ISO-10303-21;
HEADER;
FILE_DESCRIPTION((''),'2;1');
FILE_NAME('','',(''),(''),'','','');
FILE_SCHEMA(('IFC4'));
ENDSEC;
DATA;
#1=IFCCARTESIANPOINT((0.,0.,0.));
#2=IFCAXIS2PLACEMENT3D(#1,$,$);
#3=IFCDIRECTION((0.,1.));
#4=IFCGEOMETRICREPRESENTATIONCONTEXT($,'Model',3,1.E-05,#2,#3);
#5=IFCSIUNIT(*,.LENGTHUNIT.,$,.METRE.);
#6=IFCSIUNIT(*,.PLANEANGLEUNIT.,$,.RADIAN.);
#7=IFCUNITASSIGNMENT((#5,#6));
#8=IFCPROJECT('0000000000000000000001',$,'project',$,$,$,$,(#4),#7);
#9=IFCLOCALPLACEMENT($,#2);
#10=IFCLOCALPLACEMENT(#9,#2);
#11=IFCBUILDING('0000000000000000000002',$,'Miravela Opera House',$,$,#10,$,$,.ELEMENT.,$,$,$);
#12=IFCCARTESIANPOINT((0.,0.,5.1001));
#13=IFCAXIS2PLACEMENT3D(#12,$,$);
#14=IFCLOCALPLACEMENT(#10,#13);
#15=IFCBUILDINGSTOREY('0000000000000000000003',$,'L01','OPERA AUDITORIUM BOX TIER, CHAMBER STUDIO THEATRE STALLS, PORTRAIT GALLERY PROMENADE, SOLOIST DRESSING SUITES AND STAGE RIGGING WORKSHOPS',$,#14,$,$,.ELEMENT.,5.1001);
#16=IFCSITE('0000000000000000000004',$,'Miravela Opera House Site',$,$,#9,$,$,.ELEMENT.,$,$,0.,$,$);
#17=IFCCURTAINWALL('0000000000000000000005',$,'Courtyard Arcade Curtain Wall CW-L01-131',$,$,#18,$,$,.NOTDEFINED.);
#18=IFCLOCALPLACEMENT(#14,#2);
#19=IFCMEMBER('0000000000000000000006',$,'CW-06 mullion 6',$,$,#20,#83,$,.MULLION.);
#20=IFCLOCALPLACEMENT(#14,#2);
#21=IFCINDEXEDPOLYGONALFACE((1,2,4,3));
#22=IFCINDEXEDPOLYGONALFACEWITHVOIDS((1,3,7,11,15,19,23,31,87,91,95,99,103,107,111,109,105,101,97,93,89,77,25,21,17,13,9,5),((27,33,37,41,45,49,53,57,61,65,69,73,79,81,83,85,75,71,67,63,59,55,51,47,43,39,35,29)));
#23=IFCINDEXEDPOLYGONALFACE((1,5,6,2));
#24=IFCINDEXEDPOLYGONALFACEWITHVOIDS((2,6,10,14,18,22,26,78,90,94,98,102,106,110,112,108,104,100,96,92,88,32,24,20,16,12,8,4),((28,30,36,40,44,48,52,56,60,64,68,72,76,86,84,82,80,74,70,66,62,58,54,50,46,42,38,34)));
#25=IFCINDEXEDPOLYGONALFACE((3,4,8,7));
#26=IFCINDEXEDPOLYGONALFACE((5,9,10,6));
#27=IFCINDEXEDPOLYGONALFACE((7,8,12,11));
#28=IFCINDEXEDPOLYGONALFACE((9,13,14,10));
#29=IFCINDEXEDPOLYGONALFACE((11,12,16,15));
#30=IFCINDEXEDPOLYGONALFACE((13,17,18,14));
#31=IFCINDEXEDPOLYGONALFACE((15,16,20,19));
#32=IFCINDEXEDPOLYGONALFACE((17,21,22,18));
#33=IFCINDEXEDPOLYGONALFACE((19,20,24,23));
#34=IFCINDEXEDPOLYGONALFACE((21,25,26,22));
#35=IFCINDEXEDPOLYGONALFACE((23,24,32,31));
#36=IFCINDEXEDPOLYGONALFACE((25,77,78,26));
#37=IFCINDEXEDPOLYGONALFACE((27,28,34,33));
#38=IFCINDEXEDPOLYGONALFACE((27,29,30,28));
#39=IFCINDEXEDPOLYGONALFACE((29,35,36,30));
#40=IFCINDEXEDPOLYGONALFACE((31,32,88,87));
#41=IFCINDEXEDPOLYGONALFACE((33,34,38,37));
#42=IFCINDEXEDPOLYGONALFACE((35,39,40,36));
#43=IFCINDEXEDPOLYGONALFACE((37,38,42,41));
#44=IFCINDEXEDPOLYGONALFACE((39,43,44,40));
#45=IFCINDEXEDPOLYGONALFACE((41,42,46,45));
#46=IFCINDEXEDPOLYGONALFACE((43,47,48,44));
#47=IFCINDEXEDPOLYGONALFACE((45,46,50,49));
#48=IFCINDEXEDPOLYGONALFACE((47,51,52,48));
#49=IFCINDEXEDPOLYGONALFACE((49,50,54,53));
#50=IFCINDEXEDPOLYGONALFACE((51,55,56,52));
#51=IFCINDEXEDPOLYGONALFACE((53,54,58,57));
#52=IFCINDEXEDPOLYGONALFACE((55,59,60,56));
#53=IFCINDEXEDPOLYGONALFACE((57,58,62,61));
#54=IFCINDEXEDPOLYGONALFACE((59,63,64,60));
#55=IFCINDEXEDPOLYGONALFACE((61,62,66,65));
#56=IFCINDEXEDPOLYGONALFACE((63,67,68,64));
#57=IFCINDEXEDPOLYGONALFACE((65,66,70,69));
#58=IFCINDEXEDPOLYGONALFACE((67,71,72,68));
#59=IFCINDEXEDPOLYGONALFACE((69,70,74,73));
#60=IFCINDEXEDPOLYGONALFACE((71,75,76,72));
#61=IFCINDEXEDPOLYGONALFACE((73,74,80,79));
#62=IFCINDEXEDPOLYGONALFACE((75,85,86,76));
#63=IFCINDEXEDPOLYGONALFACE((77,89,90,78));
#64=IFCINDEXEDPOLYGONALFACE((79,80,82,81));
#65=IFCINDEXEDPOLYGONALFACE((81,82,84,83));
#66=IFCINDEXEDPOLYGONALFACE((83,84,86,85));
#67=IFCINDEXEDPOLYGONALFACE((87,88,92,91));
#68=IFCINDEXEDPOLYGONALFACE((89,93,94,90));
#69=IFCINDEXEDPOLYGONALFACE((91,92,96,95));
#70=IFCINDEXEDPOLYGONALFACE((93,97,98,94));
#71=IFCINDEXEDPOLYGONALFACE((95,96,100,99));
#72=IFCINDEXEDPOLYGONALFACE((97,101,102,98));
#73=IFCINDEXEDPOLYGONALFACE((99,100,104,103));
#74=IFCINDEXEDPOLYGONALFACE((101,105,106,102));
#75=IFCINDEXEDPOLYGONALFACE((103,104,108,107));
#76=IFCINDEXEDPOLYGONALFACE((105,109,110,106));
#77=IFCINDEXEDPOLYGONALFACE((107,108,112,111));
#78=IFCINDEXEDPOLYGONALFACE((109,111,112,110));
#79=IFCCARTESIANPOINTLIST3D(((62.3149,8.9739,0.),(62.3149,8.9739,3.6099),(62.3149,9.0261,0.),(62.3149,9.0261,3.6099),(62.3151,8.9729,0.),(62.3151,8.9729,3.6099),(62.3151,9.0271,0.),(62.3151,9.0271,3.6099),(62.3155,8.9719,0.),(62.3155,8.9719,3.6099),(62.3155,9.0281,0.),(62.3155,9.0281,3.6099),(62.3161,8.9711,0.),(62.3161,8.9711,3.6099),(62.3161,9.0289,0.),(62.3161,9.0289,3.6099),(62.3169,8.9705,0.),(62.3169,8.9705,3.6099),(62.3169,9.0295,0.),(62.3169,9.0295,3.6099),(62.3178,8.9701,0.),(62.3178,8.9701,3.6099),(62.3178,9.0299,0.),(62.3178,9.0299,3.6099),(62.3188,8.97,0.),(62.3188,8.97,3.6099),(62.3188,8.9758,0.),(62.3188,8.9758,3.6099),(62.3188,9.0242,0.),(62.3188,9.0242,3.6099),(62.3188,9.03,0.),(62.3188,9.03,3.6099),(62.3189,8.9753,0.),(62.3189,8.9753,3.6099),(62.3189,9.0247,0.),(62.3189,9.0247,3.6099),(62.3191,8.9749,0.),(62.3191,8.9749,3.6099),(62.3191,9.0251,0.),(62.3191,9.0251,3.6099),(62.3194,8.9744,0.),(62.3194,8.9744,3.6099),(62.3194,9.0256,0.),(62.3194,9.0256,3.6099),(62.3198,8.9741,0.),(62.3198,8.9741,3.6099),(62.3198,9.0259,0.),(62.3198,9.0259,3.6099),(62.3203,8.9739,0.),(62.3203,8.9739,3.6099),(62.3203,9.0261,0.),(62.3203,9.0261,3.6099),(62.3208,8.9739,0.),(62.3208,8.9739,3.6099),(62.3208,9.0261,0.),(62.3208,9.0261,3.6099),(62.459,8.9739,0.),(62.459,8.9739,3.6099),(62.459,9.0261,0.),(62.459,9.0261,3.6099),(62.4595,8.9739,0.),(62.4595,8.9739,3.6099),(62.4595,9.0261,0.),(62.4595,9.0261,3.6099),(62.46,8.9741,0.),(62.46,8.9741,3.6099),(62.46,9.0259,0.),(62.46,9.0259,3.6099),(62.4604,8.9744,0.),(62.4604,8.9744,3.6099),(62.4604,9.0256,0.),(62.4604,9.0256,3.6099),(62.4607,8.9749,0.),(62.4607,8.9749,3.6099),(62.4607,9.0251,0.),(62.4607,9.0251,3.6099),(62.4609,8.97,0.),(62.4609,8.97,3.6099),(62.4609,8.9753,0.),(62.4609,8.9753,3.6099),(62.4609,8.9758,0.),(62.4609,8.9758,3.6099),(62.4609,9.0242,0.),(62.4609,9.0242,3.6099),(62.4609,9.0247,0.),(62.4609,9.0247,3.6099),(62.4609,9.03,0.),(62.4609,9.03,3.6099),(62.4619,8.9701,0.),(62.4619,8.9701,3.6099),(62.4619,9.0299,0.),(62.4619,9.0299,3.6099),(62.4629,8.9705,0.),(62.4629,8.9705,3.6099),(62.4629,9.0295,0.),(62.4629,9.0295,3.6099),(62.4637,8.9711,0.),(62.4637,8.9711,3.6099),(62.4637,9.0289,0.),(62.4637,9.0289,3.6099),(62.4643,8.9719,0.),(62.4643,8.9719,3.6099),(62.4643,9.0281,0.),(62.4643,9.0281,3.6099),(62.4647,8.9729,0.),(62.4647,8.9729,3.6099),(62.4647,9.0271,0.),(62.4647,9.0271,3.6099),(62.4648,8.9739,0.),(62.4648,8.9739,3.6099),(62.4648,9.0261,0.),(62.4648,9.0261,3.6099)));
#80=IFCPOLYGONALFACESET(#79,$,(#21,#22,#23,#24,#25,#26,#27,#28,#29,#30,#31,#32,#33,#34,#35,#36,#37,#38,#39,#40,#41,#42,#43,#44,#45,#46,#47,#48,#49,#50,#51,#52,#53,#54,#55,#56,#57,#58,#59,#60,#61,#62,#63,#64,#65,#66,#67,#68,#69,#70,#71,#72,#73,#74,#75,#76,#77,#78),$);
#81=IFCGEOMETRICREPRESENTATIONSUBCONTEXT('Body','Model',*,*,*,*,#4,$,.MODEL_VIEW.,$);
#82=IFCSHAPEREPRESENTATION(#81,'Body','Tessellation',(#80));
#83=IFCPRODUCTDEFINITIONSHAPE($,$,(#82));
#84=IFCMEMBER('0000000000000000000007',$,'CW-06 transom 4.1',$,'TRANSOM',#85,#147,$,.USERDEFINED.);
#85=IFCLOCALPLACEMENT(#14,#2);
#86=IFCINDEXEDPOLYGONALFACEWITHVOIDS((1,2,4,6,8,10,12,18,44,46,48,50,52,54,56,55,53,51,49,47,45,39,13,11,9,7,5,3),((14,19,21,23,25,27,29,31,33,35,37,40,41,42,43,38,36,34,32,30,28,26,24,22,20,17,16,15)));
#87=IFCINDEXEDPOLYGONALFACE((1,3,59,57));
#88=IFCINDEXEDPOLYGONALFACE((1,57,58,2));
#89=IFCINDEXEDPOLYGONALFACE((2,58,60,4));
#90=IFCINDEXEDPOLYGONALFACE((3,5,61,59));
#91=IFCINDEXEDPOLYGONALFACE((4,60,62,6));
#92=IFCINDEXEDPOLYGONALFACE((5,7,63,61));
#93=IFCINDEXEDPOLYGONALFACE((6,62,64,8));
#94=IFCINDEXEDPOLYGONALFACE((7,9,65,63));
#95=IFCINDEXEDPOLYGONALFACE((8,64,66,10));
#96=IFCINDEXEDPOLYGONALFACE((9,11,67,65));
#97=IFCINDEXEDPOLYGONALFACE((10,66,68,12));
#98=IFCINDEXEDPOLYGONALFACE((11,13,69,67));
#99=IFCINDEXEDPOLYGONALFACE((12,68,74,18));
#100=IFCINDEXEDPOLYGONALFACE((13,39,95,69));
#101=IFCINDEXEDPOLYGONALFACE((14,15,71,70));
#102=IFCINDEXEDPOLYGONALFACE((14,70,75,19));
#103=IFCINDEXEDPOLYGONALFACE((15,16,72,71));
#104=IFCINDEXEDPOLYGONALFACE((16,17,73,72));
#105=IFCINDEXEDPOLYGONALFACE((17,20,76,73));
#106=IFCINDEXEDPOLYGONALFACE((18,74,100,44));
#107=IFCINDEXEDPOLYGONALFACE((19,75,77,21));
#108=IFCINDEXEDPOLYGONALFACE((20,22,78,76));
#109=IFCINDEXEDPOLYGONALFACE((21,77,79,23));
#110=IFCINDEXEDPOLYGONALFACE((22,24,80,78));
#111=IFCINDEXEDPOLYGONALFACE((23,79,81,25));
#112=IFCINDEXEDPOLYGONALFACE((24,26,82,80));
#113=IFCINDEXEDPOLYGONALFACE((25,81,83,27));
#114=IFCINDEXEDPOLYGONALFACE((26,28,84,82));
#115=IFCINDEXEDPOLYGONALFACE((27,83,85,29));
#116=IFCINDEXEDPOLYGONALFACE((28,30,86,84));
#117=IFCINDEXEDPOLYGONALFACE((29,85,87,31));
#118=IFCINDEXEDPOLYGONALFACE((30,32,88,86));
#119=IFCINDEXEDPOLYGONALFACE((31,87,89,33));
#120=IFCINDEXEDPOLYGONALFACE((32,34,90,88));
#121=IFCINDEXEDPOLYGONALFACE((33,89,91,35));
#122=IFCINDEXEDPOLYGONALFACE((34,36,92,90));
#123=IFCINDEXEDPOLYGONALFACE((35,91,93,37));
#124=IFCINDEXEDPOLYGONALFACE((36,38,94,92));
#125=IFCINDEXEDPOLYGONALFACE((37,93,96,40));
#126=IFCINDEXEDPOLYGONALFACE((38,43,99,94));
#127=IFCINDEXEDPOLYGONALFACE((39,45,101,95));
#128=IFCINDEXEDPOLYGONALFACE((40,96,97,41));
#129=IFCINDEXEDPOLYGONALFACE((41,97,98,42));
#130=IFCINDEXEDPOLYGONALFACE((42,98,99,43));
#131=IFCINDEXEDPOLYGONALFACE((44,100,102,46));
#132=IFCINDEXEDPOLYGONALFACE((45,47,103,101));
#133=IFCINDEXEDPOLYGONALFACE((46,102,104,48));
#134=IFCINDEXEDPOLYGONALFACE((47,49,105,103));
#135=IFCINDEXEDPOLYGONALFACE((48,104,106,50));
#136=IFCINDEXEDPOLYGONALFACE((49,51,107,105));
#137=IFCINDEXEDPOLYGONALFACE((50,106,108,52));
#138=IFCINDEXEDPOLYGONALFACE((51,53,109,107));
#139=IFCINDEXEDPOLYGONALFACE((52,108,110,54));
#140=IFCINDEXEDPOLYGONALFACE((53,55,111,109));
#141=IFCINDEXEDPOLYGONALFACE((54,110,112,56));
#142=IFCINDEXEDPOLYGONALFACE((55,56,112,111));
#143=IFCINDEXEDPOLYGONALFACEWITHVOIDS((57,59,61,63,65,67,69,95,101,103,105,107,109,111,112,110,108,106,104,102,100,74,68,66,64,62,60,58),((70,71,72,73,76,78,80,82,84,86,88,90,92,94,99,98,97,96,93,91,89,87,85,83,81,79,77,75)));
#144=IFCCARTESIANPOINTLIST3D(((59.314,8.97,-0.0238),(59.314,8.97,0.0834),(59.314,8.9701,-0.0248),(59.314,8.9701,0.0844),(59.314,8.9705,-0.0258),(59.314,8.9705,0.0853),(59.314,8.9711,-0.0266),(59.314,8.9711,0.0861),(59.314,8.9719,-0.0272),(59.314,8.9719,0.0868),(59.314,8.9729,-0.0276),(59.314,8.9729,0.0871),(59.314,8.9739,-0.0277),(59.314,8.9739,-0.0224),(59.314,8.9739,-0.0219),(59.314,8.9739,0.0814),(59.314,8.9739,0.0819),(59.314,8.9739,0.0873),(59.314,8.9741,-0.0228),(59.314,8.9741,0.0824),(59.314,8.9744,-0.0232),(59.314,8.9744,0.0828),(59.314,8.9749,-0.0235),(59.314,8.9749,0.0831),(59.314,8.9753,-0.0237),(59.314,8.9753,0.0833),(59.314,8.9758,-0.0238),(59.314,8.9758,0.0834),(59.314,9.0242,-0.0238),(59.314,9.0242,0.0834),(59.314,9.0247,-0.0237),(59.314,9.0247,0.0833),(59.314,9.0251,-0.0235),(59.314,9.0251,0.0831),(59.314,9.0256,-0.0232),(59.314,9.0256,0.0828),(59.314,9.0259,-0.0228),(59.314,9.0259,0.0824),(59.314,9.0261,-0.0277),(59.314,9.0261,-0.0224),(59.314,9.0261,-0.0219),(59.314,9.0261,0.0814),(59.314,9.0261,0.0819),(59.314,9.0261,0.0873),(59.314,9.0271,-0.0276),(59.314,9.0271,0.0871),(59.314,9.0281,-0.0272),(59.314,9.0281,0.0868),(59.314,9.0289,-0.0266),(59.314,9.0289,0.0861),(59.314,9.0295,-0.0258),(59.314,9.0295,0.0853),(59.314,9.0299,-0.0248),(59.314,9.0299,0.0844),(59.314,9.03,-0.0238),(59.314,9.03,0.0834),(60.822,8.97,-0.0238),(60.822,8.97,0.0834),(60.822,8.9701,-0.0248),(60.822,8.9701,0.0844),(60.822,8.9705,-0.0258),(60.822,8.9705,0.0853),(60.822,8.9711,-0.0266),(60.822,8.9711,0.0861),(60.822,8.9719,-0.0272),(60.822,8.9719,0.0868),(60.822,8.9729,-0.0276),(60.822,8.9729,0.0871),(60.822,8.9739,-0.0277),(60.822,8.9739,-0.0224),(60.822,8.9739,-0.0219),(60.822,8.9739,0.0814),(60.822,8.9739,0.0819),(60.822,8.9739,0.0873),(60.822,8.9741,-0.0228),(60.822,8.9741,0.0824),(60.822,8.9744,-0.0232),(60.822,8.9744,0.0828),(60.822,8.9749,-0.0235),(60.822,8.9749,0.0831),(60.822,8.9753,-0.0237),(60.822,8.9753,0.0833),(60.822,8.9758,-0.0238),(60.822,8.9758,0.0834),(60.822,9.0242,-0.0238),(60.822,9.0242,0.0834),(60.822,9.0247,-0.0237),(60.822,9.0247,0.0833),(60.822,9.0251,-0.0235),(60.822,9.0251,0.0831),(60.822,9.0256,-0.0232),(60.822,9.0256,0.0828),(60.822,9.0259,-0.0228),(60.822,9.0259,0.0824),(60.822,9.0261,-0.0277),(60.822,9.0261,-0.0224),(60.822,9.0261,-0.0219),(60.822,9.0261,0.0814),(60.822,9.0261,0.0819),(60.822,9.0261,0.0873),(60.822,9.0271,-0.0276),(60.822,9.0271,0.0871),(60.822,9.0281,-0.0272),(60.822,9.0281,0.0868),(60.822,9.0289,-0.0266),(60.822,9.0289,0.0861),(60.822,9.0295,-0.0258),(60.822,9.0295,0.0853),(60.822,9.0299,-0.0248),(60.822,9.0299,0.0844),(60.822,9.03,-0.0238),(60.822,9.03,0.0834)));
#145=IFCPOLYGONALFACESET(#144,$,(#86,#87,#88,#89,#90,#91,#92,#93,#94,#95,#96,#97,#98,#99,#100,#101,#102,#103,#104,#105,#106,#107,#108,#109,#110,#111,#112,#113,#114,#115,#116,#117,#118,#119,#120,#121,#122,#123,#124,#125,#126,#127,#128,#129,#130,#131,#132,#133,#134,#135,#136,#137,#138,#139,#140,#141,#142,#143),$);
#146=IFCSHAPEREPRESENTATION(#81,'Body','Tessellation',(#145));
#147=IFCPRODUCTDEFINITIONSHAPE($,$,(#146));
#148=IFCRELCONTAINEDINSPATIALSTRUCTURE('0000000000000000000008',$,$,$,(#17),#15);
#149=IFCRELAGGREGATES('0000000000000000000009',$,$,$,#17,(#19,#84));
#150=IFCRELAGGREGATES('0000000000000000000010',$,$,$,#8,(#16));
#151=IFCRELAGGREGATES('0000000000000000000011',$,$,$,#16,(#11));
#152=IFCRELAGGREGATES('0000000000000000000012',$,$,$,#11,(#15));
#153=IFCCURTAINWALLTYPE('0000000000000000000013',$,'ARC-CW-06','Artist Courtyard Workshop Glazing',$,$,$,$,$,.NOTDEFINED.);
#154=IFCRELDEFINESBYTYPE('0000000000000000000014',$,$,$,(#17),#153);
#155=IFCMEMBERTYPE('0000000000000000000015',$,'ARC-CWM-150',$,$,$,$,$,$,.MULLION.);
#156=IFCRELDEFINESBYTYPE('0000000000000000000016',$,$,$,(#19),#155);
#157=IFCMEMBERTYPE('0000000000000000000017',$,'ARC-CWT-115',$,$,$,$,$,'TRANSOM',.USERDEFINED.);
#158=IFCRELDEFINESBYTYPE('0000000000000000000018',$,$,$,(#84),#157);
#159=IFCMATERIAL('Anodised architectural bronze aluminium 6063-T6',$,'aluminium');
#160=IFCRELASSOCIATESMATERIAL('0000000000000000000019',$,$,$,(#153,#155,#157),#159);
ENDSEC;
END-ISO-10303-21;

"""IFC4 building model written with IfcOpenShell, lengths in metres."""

from ifc_helpers import new_model, si_unit, direction, frame, origin, origin_2d, place, context, subcontext, project, spatial, hollow_rectangle, extrude, material, material_profile, profile_set, type_object, element, aggregate, save


model = new_model("IFC4")

# Units and contexts
model_context = context("Model", 3, precision=1e-05, world=origin(), true_north=direction((0.0, 1.0)))
body_context = subcontext(model_context, "Body", "Model", "MODEL_VIEW")
ifc_project = project(units=[si_unit("LENGTHUNIT", "METRE"), si_unit("PLANEANGLEUNIT", "RADIAN")], contexts=[model_context])

# Site, building, storey
site_placement = place(None, origin())
site = spatial("IfcSite", under=ifc_project, at=site_placement, Name="Miravela Opera House Site", CompositionType="ELEMENT", RefElevation=0.0)
building_placement = place(site_placement, origin())
building = spatial("IfcBuilding", under=site, at=building_placement, Name="Miravela Opera House", CompositionType="ELEMENT")
storey_placement = place(building_placement, frame((0.0, 0.0, 5.1001)))
storey = spatial("IfcBuildingStorey", under=building, at=storey_placement, Name="L01", Description="OPERA AUDITORIUM BOX TIER, CHAMBER STUDIO THEATRE STALLS, PORTRAIT GALLERY PROMENADE, SOLOIST DRESSING SUITES AND STAGE RIGGING WORKSHOPS", CompositionType="ELEMENT", Elevation=5.1001)

# Curtain wall, members
ifc_material_1 = material(Name="Anodised architectural bronze aluminium 6063-T6", Category="aluminium")
curtain_wall_type = type_object("IfcCurtainWallType", Name="ARC-CW-06", Description="Artist Courtyard Workshop Glazing", PredefinedType="NOTDEFINED", material=ifc_material_1)
curtain_wall_placement = place(storey_placement, origin())
curtain_wall = element("IfcCurtainWall", 1, at=curtain_wall_placement, inside=storey, type_object=curtain_wall_type, Name="Courtyard Arcade Curtain Wall CW-L01-131", PredefinedType="NOTDEFINED")
ifc_material_profile_1 = material_profile(ifc_material_1, hollow_rectangle(XDim=0.0601, YDim=0.1499, WallThickness=0.0039, InnerFilletRadius=0.002, OuterFilletRadius=0.0039, at=origin_2d()), Name="CWM-60X150")
ifc_profile_set_1 = profile_set([ifc_material_profile_1])
member_type_1 = type_object("IfcMemberType", Name="ARC-CWM-150", PredefinedType="MULLION", material=ifc_profile_set_1)
member_1_placement = place(storey_placement, frame((62.3899, 9.0, 0.0), z_axis=(0.0, 0.0, 1.0), x_axis=(0.0, 1.0, 0.0)))
member_1 = element("IfcMember", 2, at=member_1_placement, type_object=member_type_1, Name="CW-06 mullion 6", PredefinedType="MULLION", context=body_context, shape_type="SweptSolid", body=[
    extrude(hollow_rectangle(XDim=0.0601, YDim=0.1499, WallThickness=0.0039, InnerFilletRadius=0.002, OuterFilletRadius=0.0039, at=origin_2d()), origin(), (0.0, 0.0, 1.0), 3.6099),
])
ifc_material_profile_2 = material_profile(ifc_material_1, hollow_rectangle(XDim=0.0601, YDim=0.115, WallThickness=0.0039, InnerFilletRadius=0.002, OuterFilletRadius=0.0039, at=origin_2d()), Name="CWT-60X115")
ifc_profile_set_2 = profile_set([ifc_material_profile_2])
member_type_2 = type_object("IfcMemberType", Name="ARC-CWT-115", ElementType="TRANSOM", PredefinedType="USERDEFINED", material=ifc_profile_set_2)
member_2_placement = place(storey_placement, frame((59.314, 9.0, 0.0298), z_axis=(1.0, 0.0, 0.0), x_axis=(0.0, 1.0, 0.0)))
member_2 = element("IfcMember", 3, at=member_2_placement, type_object=member_type_2, Name="CW-06 transom 4.1", ObjectType="TRANSOM", PredefinedType="USERDEFINED", context=body_context, shape_type="SweptSolid", body=[
    extrude(hollow_rectangle(XDim=0.0601, YDim=0.115, WallThickness=0.0039, InnerFilletRadius=0.002, OuterFilletRadius=0.0039, at=origin_2d()), origin(), (0.0, 0.0, 1.0), 1.5081),
])

aggregate(curtain_wall, [member_1, member_2])

save(model, "model.ifc")
